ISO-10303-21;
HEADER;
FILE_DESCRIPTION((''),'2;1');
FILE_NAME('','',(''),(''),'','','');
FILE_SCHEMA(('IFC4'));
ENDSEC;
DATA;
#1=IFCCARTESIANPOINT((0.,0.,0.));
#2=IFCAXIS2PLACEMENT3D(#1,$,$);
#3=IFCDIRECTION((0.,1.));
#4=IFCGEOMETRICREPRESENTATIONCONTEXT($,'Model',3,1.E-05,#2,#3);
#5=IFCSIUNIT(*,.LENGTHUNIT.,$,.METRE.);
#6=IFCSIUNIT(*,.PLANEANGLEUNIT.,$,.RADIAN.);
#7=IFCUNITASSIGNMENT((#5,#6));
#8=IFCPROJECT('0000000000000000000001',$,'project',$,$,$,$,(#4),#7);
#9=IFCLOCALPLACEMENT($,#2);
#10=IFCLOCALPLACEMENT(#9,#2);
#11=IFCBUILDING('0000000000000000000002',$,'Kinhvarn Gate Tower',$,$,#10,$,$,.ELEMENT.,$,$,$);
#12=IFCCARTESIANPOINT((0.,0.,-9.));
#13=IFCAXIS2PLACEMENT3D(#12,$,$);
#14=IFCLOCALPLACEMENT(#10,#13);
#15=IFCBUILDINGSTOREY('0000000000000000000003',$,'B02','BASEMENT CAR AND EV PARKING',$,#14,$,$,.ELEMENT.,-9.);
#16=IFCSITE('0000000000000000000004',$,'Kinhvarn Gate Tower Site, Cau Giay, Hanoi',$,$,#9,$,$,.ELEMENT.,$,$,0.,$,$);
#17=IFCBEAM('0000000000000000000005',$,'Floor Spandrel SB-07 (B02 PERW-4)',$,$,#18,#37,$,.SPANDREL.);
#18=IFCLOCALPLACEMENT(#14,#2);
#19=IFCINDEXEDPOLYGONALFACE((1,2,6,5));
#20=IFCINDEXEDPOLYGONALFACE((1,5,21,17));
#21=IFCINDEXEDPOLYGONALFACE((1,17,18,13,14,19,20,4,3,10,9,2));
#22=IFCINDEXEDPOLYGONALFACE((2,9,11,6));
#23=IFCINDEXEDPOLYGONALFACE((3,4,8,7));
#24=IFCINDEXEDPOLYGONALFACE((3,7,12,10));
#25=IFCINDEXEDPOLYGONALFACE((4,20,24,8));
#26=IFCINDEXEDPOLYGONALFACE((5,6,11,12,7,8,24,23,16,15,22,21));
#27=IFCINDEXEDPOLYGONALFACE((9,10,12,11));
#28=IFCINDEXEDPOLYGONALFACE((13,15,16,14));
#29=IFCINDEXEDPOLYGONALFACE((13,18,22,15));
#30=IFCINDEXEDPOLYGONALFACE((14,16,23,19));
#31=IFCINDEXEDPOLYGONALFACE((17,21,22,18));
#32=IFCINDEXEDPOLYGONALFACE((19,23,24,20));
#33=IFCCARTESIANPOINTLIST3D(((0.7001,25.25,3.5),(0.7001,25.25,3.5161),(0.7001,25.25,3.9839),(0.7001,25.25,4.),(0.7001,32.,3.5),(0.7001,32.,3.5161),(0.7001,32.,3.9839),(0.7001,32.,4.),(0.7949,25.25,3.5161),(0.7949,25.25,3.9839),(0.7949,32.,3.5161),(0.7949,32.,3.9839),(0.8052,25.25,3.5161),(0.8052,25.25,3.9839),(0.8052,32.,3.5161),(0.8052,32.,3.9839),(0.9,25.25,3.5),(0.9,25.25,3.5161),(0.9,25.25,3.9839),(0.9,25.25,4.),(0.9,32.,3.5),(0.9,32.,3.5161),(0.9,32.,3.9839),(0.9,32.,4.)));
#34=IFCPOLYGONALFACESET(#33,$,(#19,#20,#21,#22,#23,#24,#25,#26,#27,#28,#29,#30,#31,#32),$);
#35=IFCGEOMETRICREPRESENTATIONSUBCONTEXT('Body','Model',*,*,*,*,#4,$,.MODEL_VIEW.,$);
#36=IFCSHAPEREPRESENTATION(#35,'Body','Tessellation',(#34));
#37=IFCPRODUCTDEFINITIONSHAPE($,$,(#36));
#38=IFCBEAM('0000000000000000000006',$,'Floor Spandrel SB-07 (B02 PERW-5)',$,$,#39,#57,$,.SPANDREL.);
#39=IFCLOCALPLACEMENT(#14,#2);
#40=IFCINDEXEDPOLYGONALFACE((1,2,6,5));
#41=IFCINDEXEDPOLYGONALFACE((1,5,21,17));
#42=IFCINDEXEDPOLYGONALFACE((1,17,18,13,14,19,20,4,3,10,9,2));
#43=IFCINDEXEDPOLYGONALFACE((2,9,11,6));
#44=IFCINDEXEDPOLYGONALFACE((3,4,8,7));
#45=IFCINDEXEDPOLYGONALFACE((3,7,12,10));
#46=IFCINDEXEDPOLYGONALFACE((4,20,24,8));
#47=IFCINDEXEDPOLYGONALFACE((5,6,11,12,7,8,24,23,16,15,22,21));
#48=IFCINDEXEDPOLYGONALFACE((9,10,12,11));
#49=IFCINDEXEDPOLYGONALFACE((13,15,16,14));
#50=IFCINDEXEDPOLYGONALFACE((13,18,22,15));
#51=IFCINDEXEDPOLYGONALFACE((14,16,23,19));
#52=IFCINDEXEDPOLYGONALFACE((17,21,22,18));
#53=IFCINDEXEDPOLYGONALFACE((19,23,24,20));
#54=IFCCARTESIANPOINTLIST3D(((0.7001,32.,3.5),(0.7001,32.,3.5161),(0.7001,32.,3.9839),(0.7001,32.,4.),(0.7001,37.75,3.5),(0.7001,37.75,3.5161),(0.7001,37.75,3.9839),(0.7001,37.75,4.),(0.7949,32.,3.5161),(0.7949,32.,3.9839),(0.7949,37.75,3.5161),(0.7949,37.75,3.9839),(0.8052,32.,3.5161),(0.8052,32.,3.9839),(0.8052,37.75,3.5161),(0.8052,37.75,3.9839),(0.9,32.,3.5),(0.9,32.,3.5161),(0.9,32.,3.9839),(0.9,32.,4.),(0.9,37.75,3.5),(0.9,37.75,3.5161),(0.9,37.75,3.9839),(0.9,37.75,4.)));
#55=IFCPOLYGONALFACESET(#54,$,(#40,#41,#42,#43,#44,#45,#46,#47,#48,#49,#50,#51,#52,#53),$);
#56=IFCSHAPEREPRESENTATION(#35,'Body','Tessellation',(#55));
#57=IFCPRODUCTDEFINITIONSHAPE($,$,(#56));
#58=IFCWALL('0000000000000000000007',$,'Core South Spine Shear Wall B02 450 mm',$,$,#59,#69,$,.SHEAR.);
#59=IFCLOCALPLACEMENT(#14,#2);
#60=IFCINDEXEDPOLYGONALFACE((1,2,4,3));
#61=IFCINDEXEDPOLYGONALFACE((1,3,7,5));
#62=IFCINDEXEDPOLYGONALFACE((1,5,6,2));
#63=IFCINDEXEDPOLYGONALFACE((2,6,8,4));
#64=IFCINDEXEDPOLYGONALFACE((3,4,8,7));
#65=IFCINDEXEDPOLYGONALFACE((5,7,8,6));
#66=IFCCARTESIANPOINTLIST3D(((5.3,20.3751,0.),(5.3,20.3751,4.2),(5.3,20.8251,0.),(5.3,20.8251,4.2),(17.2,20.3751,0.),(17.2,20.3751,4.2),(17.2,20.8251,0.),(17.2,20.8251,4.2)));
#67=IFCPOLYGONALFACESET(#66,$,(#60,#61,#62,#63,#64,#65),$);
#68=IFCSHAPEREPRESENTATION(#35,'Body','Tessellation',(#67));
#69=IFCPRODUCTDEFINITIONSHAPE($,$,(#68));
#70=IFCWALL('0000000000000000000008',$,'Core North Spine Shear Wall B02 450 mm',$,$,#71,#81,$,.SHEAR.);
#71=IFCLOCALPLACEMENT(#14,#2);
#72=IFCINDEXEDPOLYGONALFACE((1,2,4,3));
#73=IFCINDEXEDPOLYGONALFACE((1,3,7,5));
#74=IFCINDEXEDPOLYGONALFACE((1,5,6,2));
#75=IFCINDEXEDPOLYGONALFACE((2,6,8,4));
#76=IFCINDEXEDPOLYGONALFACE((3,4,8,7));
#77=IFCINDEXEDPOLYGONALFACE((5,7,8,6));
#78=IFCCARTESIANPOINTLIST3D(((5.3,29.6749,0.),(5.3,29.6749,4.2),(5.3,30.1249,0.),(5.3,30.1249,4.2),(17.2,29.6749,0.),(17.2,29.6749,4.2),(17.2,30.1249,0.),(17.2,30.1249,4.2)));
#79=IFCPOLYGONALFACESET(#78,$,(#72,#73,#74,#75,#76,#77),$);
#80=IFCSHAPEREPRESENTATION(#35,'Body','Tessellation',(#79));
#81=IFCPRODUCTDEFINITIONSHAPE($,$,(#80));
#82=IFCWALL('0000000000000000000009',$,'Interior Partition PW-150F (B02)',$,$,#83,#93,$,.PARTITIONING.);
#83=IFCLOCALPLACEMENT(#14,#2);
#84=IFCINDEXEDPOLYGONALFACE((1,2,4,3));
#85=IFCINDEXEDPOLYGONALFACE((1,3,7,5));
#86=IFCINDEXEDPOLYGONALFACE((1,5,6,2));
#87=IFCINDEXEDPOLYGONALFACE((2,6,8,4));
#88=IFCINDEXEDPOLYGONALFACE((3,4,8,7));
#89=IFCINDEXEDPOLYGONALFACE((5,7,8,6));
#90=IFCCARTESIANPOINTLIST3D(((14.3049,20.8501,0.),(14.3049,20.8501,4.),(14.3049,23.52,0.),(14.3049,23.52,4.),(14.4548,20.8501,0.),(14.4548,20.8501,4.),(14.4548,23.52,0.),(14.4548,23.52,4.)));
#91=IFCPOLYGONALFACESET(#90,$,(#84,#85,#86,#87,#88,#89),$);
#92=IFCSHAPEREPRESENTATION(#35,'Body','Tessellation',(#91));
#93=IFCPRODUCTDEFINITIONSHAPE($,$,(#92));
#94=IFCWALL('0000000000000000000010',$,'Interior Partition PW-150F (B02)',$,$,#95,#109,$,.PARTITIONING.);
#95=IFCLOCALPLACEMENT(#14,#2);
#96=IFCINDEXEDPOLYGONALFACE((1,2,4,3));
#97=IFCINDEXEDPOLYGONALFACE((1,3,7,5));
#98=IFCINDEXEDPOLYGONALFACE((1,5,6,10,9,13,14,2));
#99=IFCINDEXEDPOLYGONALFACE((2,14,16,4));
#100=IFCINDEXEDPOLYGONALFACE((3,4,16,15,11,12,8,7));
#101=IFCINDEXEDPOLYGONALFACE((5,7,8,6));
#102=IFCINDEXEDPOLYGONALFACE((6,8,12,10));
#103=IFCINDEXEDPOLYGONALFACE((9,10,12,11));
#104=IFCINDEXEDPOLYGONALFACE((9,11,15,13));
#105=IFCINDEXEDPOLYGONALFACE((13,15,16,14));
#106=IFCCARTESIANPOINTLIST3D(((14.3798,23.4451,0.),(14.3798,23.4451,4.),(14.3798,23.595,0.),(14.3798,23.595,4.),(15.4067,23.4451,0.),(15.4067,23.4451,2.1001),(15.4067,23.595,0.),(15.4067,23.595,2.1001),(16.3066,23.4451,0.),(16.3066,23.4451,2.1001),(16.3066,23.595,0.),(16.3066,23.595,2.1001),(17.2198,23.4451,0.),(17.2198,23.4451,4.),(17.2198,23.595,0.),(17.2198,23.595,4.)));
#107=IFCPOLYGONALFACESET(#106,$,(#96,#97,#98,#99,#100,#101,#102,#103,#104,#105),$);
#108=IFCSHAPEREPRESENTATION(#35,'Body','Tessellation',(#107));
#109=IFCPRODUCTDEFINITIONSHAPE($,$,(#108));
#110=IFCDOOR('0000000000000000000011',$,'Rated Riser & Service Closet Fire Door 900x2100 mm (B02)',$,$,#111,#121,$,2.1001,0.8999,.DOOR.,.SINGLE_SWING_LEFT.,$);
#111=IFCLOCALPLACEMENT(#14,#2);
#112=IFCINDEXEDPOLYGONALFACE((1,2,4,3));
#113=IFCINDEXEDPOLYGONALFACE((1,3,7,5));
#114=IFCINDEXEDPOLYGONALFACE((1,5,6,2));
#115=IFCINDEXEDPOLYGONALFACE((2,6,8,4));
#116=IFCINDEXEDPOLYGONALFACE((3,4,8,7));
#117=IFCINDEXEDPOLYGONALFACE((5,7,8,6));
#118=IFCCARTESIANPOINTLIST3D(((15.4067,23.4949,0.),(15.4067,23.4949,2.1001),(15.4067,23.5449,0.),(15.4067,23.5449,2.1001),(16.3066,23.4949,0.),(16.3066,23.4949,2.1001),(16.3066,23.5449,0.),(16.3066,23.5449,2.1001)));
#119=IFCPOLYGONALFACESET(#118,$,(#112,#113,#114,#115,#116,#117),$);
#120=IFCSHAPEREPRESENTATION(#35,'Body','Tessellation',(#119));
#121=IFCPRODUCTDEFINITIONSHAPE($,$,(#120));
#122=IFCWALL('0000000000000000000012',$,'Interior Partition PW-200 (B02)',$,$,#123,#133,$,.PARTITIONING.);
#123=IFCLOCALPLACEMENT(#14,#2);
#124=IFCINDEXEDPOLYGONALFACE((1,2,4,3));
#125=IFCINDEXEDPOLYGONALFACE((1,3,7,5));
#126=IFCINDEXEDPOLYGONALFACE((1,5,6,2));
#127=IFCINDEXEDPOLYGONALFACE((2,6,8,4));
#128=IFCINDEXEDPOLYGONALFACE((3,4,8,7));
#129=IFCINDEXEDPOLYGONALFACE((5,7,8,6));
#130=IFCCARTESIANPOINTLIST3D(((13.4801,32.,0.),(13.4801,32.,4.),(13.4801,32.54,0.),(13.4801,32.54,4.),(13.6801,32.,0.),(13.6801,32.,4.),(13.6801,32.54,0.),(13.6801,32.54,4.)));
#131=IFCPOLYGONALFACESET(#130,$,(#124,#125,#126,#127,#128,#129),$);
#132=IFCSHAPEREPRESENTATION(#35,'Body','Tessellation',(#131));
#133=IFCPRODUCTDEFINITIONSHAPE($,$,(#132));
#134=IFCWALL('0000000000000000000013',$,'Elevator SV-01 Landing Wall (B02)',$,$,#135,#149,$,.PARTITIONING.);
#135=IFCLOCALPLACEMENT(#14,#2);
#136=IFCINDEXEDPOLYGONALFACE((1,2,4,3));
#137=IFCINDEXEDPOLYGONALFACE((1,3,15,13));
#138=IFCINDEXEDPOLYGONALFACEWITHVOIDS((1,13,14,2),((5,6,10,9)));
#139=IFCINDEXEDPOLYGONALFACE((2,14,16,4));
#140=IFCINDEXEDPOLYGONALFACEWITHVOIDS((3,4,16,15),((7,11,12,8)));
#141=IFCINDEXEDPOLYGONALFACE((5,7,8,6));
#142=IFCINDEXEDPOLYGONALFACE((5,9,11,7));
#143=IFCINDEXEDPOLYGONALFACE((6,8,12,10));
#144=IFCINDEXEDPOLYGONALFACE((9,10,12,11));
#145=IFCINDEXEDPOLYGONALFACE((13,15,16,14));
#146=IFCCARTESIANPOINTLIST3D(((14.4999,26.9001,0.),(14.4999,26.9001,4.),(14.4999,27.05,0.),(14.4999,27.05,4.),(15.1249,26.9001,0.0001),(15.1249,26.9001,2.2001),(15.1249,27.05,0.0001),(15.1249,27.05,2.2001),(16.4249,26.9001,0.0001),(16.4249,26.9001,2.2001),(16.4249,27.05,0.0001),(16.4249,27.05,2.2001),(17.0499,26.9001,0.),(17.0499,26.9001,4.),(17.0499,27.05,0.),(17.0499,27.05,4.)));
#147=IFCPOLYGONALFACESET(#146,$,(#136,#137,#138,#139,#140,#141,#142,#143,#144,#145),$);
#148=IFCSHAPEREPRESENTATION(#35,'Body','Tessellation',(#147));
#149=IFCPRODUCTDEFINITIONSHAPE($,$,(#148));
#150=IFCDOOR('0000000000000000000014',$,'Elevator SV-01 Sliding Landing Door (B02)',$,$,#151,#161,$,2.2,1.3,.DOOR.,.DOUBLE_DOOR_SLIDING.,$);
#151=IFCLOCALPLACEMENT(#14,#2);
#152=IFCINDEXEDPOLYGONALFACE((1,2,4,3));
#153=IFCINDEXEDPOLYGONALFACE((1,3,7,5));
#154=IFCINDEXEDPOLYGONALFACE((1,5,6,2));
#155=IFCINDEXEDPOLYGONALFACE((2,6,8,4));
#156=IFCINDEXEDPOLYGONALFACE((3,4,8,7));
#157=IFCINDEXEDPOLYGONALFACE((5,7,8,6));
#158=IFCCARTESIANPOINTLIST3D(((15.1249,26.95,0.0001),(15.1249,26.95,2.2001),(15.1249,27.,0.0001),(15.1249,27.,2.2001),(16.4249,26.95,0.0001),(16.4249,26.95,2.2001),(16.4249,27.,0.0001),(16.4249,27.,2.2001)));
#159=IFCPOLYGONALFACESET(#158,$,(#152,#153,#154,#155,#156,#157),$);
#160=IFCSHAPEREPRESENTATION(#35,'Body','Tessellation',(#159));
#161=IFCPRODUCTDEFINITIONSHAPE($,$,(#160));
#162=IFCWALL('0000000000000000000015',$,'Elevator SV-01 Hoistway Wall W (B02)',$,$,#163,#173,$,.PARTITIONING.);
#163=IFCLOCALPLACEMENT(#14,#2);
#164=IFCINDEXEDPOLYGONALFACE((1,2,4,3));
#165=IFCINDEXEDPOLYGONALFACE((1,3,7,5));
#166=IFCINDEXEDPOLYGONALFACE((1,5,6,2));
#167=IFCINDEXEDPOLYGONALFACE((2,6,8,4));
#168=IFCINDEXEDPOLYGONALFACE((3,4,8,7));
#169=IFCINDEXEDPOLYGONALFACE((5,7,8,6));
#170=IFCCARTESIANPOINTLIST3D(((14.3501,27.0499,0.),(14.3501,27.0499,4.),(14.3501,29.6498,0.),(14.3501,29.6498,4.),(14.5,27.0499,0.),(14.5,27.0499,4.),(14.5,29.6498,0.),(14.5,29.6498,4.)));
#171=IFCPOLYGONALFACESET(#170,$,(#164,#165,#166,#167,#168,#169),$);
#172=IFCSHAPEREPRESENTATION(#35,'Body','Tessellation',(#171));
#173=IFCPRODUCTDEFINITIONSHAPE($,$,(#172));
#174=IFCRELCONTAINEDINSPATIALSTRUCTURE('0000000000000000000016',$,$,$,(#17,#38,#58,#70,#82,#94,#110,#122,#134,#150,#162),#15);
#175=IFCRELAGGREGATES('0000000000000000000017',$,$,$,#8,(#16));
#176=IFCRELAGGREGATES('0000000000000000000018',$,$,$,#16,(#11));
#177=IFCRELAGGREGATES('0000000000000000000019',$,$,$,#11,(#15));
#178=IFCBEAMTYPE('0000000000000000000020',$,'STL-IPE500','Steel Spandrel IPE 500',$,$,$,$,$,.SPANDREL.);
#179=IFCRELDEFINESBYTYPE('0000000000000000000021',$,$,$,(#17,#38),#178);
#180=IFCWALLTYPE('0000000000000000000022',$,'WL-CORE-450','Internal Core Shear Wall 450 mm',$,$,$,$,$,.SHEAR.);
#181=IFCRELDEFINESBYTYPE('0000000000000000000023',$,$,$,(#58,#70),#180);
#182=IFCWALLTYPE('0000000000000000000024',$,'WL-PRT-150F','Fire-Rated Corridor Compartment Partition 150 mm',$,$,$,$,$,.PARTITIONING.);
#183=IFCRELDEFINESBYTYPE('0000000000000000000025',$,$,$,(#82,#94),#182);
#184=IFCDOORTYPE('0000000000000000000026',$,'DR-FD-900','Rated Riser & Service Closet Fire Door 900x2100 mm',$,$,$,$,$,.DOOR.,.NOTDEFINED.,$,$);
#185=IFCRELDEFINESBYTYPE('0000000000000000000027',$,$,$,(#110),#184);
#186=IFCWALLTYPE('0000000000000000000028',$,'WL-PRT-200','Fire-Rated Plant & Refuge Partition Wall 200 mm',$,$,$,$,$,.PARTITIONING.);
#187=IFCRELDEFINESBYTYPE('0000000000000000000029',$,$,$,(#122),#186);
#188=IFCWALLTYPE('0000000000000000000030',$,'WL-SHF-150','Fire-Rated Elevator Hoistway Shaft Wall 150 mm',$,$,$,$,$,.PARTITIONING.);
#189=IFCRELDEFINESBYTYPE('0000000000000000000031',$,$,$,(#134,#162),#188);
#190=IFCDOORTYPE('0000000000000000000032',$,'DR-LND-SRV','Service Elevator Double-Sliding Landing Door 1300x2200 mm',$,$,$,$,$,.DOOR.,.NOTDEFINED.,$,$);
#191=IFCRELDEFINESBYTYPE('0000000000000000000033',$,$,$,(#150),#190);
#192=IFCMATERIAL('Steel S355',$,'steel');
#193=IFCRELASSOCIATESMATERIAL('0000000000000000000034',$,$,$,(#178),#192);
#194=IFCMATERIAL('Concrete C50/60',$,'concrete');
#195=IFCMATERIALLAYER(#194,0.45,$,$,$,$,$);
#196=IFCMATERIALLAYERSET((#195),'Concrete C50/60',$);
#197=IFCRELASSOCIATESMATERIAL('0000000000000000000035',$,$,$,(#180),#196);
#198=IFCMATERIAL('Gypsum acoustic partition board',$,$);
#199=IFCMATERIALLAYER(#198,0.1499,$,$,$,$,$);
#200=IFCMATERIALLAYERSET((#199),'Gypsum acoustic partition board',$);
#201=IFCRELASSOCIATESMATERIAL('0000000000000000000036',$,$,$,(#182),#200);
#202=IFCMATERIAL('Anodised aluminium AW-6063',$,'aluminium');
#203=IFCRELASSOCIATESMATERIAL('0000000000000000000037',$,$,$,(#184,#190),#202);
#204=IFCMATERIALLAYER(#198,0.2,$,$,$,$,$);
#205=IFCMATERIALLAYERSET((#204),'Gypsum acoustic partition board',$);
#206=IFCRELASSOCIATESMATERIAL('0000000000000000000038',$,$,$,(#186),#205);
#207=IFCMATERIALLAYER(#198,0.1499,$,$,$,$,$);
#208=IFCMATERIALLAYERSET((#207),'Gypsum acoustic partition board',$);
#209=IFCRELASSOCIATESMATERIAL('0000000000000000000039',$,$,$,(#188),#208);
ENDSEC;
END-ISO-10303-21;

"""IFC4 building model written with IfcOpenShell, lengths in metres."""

from ifc_helpers import new_model, si_unit, direction, frame, frame_2d, origin, origin_2d, place, context, subcontext, project, spatial, rectangle, i_section, extrude, material, layer, layer_set, material_profile, profile_set, type_object, element, fill, save


model = new_model("IFC4")

# Units and contexts
model_context = context("Model", 3, precision=1e-05, world=origin(), true_north=direction((0.0, 1.0)))
body_context = subcontext(model_context, "Body", "Model", "MODEL_VIEW")
ifc_project = project(units=[si_unit("LENGTHUNIT", "METRE"), si_unit("PLANEANGLEUNIT", "RADIAN")], contexts=[model_context])

# Site, building, storey
site_placement = place(None, origin())
site = spatial("IfcSite", under=ifc_project, at=site_placement, Name="Kinhvarn Gate Tower Site, Cau Giay, Hanoi", CompositionType="ELEMENT", RefElevation=0.0)
building_placement = place(site_placement, origin())
building = spatial("IfcBuilding", under=site, at=building_placement, Name="Kinhvarn Gate Tower", CompositionType="ELEMENT")
storey_placement = place(building_placement, frame((0.0, 0.0, -9.0)))
storey = spatial("IfcBuildingStorey", under=building, at=storey_placement, Name="B02", Description="BASEMENT CAR AND EV PARKING", CompositionType="ELEMENT", Elevation=-9.0)

# Beams
ifc_material_1 = material(Name="Concrete C50/60", Category="concrete")
ifc_material_2 = material(Name="Steel S355", Category="steel")
ifc_material_profile_1 = material_profile(ifc_material_2, i_section(OverallWidth=0.2, OverallDepth=0.5, WebThickness=0.0103, FlangeThickness=0.0161, at=origin_2d()), Name="IPE 500")
ifc_profile_set_1 = profile_set([ifc_material_profile_1], Name="Steel S355")
beam_type_1 = type_object("IfcBeamType", Name="STL-IPE500", Description="Steel Spandrel IPE 500", PredefinedType="SPANDREL", material=ifc_profile_set_1)
for number, where, z_axis, x_axis, name in (
    (1, (0.8, 25.25, 3.75), (0.0, 1.0, 0.0), (-1.0, 0.0, 0.0), "Floor Spandrel SB-07 (B02 PERW-4)"),
):
    element("IfcBeam", number, at=place(storey_placement, frame(where, z_axis=z_axis, x_axis=x_axis)), inside=storey, type_object=beam_type_1, Name=name, PredefinedType="SPANDREL", context=body_context, shape_type="SweptSolid", body=[
        extrude(i_section(OverallWidth=0.2, OverallDepth=0.5, WebThickness=0.0103, FlangeThickness=0.0161, at=origin_2d()), origin(), (0.0, 0.0, 1.0), 6.75),
    ])
beam_1_placement = place(storey_placement, frame((0.8, 32.0, 3.75), z_axis=(0.0, 1.0, 0.0), x_axis=(-1.0, 0.0, 0.0)))
element("IfcBeam", 2, at=beam_1_placement, inside=storey, type_object=beam_type_1, Name="Floor Spandrel SB-07 (B02 PERW-5)", PredefinedType="SPANDREL", context=body_context, shape_type="SweptSolid", body=[
    extrude(i_section(OverallWidth=0.2, OverallDepth=0.5, WebThickness=0.0103, FlangeThickness=0.0161, at=origin_2d()), origin(), (0.0, 0.0, 1.0), 5.75),
])

# Walls
ifc_layer_1 = layer(ifc_material_1, 0.45)
ifc_layer_set_1 = layer_set([ifc_layer_1], Name="Concrete C50/60")
wall_type_1 = type_object("IfcWallType", Name="WL-CORE-450", Description="Internal Core Shear Wall 450 mm", PredefinedType="SHEAR", material=ifc_layer_set_1)
for number, where, z_axis, x_axis, name in (
    (3, (5.3, 20.6001, 0.0), (0.0, 0.0, 1.0), (1.0, 0.0, 0.0), "Core South Spine Shear Wall B02 450 mm"),
    (4, (5.3, 29.8999, 0.0), (0.0, 0.0, 1.0), (1.0, 0.0, 0.0), "Core North Spine Shear Wall B02 450 mm"),
):
    element("IfcWall", number, at=place(storey_placement, frame(where, z_axis=z_axis, x_axis=x_axis)), inside=storey, type_object=wall_type_1, Name=name, PredefinedType="SHEAR", context=body_context, shape_type="SweptSolid", body=[
        extrude(rectangle(XDim=11.8999, YDim=0.45, at=frame_2d((5.95, 0.0))), origin(), (0.0, 0.0, 1.0), 4.2),
    ])

# Shared definitions
ifc_material_3 = material(Name="Anodised aluminium AW-6063", Category="aluminium")

# Wall
ifc_material_4 = material(Name="Gypsum acoustic partition board")
ifc_layer_2 = layer(ifc_material_4, 0.1499)
ifc_layer_set_2 = layer_set([ifc_layer_2], Name="Gypsum acoustic partition board")
wall_type_2 = type_object("IfcWallType", Name="WL-PRT-150F", Description="Fire-Rated Corridor Compartment Partition 150 mm", PredefinedType="PARTITIONING", material=ifc_layer_set_2)
wall_1_placement = place(storey_placement, frame((14.3799, 20.8501, 0.0), z_axis=(0.0, 0.0, 1.0), x_axis=(0.0, 1.0, 0.0)))
element("IfcWall", 5, at=wall_1_placement, inside=storey, type_object=wall_type_2, Name="Interior Partition PW-150F (B02)", PredefinedType="PARTITIONING", context=body_context, shape_type="SweptSolid", body=[
    extrude(rectangle(XDim=2.6699, YDim=0.1499, at=frame_2d((1.335, 0.0))), origin(), (0.0, 0.0, 1.0), 4.0),
])

# Wall, opening, door
wall_2_placement = place(storey_placement, frame((14.3799, 23.52, 0.0), z_axis=(0.0, 0.0, 1.0), x_axis=(1.0, 0.0, 0.0)))
wall_2 = element("IfcWall", 6, at=wall_2_placement, inside=storey, type_object=wall_type_2, Name="Interior Partition PW-150F (B02)", PredefinedType="PARTITIONING", context=body_context, shape_type="SweptSolid", body=[
    extrude(rectangle(XDim=2.8401, YDim=0.1499, at=frame_2d((1.4199, 0.0))), origin(), (0.0, 0.0, 1.0), 4.0),
])
opening_1_placement = place(wall_2_placement, frame((1.0269, 0.0, 0.0)))
opening_1 = element("IfcOpeningElement", 7, at=opening_1_placement, cuts=wall_2, PredefinedType="OPENING", context=body_context, shape_type="SweptSolid", body=[
    extrude(rectangle(XDim=0.8999, YDim=2.1001, at=frame_2d((0.45, 1.05))), frame((0.0, 0.085, 0.0), z_axis=(0.0, -1.0, 0.0), x_axis=(1.0, 0.0, 0.0)), (0.0, 0.0, 1.0), 0.1699),
])
door_type_1 = type_object("IfcDoorType", Name="DR-FD-900", Description="Rated Riser & Service Closet Fire Door 900x2100 mm", OperationType="NOTDEFINED", PredefinedType="DOOR", material=ifc_material_3)
door_1_placement = place(opening_1_placement, origin())
door_1 = element("IfcDoor", 8, at=door_1_placement, inside=storey, type_object=door_type_1, Name="Rated Riser & Service Closet Fire Door 900x2100 mm (B02)", OperationType="SINGLE_SWING_LEFT", OverallHeight=2.1001, OverallWidth=0.8999, PredefinedType="DOOR", context=body_context, shape_type="SweptSolid", body=[
    extrude(rectangle(XDim=0.8999, YDim=2.1001, at=frame_2d((0.45, 1.05))), frame((0.0, 0.0249, 0.0), z_axis=(0.0, -1.0, 0.0), x_axis=(1.0, 0.0, 0.0)), (0.0, 0.0, 1.0), 0.05),
])
fill(opening_1, door_1)

# Wall
ifc_layer_3 = layer(ifc_material_4, 0.2)
ifc_layer_set_3 = layer_set([ifc_layer_3], Name="Gypsum acoustic partition board")
wall_type_3 = type_object("IfcWallType", Name="WL-PRT-200", Description="Fire-Rated Plant & Refuge Partition Wall 200 mm", PredefinedType="PARTITIONING", material=ifc_layer_set_3)
wall_3_placement = place(storey_placement, frame((13.5801, 32.0, 0.0), z_axis=(0.0, 0.0, 1.0), x_axis=(0.0, 1.0, 0.0)))
element("IfcWall", 9, at=wall_3_placement, inside=storey, type_object=wall_type_3, Name="Interior Partition PW-200 (B02)", PredefinedType="PARTITIONING", context=body_context, shape_type="SweptSolid", body=[
    extrude(rectangle(XDim=0.54, YDim=0.2, at=frame_2d((0.27, 0.0))), origin(), (0.0, 0.0, 1.0), 4.0),
])

# Wall, opening, door
ifc_layer_4 = layer(ifc_material_4, 0.1499)
ifc_layer_set_4 = layer_set([ifc_layer_4], Name="Gypsum acoustic partition board")
wall_type_4 = type_object("IfcWallType", Name="WL-SHF-150", Description="Fire-Rated Elevator Hoistway Shaft Wall 150 mm", PredefinedType="PARTITIONING", material=ifc_layer_set_4)
wall_4_placement = place(storey_placement, frame((14.5, 26.9751, 0.0), z_axis=(0.0, 0.0, 1.0), x_axis=(1.0, 0.0, 0.0)))
wall_4 = element("IfcWall", 10, at=wall_4_placement, inside=storey, type_object=wall_type_4, Name="Elevator SV-01 Landing Wall (B02)", PredefinedType="PARTITIONING", context=body_context, shape_type="SweptSolid", body=[
    extrude(rectangle(XDim=2.55, YDim=0.1499, at=frame_2d((1.2749, 0.0))), origin(), (0.0, 0.0, 1.0), 4.0),
])
opening_2_placement = place(wall_4_placement, frame((0.625, 0.0, 0.0)))
opening_2 = element("IfcOpeningElement", 11, at=opening_2_placement, cuts=wall_4, PredefinedType="OPENING", context=body_context, shape_type="SweptSolid", body=[
    extrude(rectangle(XDim=1.3, YDim=2.2, at=frame_2d((0.6499, 1.1001))), frame((0.0, 0.085, 0.0), z_axis=(0.0, -1.0, 0.0), x_axis=(1.0, 0.0, 0.0)), (0.0, 0.0, 1.0), 0.1699),
])
door_type_2 = type_object("IfcDoorType", Name="DR-LND-SRV", Description="Service Elevator Double-Sliding Landing Door 1300x2200 mm", OperationType="NOTDEFINED", PredefinedType="DOOR", material=ifc_material_3)
door_2_placement = place(opening_2_placement, origin())
door_2 = element("IfcDoor", 12, at=door_2_placement, inside=storey, type_object=door_type_2, Name="Elevator SV-01 Sliding Landing Door (B02)", OperationType="DOUBLE_DOOR_SLIDING", OverallHeight=2.2, OverallWidth=1.3, PredefinedType="DOOR", context=body_context, shape_type="SweptSolid", body=[
    extrude(rectangle(XDim=1.3, YDim=2.2, at=frame_2d((0.6499, 1.1001))), frame((0.0, 0.0249, 0.0), z_axis=(0.0, -1.0, 0.0), x_axis=(1.0, 0.0, 0.0)), (0.0, 0.0, 1.0), 0.05),
])
fill(opening_2, door_2)

# Wall
for number, where, z_axis, x_axis, name in (
    (13, (14.425, 27.05, 0.0), (0.0, 0.0, 1.0), (0.0, 1.0, 0.0), "Elevator SV-01 Hoistway Wall W (B02)"),
):
    element("IfcWall", number, at=place(storey_placement, frame(where, z_axis=z_axis, x_axis=x_axis)), inside=storey, type_object=wall_type_4, Name=name, PredefinedType="PARTITIONING", context=body_context, shape_type="SweptSolid", body=[
        extrude(rectangle(XDim=2.5999, YDim=0.1499, at=frame_2d((1.2998, 0.0))), origin(), (0.0, 0.0, 1.0), 4.0),
    ])

save(model, "model.ifc")
